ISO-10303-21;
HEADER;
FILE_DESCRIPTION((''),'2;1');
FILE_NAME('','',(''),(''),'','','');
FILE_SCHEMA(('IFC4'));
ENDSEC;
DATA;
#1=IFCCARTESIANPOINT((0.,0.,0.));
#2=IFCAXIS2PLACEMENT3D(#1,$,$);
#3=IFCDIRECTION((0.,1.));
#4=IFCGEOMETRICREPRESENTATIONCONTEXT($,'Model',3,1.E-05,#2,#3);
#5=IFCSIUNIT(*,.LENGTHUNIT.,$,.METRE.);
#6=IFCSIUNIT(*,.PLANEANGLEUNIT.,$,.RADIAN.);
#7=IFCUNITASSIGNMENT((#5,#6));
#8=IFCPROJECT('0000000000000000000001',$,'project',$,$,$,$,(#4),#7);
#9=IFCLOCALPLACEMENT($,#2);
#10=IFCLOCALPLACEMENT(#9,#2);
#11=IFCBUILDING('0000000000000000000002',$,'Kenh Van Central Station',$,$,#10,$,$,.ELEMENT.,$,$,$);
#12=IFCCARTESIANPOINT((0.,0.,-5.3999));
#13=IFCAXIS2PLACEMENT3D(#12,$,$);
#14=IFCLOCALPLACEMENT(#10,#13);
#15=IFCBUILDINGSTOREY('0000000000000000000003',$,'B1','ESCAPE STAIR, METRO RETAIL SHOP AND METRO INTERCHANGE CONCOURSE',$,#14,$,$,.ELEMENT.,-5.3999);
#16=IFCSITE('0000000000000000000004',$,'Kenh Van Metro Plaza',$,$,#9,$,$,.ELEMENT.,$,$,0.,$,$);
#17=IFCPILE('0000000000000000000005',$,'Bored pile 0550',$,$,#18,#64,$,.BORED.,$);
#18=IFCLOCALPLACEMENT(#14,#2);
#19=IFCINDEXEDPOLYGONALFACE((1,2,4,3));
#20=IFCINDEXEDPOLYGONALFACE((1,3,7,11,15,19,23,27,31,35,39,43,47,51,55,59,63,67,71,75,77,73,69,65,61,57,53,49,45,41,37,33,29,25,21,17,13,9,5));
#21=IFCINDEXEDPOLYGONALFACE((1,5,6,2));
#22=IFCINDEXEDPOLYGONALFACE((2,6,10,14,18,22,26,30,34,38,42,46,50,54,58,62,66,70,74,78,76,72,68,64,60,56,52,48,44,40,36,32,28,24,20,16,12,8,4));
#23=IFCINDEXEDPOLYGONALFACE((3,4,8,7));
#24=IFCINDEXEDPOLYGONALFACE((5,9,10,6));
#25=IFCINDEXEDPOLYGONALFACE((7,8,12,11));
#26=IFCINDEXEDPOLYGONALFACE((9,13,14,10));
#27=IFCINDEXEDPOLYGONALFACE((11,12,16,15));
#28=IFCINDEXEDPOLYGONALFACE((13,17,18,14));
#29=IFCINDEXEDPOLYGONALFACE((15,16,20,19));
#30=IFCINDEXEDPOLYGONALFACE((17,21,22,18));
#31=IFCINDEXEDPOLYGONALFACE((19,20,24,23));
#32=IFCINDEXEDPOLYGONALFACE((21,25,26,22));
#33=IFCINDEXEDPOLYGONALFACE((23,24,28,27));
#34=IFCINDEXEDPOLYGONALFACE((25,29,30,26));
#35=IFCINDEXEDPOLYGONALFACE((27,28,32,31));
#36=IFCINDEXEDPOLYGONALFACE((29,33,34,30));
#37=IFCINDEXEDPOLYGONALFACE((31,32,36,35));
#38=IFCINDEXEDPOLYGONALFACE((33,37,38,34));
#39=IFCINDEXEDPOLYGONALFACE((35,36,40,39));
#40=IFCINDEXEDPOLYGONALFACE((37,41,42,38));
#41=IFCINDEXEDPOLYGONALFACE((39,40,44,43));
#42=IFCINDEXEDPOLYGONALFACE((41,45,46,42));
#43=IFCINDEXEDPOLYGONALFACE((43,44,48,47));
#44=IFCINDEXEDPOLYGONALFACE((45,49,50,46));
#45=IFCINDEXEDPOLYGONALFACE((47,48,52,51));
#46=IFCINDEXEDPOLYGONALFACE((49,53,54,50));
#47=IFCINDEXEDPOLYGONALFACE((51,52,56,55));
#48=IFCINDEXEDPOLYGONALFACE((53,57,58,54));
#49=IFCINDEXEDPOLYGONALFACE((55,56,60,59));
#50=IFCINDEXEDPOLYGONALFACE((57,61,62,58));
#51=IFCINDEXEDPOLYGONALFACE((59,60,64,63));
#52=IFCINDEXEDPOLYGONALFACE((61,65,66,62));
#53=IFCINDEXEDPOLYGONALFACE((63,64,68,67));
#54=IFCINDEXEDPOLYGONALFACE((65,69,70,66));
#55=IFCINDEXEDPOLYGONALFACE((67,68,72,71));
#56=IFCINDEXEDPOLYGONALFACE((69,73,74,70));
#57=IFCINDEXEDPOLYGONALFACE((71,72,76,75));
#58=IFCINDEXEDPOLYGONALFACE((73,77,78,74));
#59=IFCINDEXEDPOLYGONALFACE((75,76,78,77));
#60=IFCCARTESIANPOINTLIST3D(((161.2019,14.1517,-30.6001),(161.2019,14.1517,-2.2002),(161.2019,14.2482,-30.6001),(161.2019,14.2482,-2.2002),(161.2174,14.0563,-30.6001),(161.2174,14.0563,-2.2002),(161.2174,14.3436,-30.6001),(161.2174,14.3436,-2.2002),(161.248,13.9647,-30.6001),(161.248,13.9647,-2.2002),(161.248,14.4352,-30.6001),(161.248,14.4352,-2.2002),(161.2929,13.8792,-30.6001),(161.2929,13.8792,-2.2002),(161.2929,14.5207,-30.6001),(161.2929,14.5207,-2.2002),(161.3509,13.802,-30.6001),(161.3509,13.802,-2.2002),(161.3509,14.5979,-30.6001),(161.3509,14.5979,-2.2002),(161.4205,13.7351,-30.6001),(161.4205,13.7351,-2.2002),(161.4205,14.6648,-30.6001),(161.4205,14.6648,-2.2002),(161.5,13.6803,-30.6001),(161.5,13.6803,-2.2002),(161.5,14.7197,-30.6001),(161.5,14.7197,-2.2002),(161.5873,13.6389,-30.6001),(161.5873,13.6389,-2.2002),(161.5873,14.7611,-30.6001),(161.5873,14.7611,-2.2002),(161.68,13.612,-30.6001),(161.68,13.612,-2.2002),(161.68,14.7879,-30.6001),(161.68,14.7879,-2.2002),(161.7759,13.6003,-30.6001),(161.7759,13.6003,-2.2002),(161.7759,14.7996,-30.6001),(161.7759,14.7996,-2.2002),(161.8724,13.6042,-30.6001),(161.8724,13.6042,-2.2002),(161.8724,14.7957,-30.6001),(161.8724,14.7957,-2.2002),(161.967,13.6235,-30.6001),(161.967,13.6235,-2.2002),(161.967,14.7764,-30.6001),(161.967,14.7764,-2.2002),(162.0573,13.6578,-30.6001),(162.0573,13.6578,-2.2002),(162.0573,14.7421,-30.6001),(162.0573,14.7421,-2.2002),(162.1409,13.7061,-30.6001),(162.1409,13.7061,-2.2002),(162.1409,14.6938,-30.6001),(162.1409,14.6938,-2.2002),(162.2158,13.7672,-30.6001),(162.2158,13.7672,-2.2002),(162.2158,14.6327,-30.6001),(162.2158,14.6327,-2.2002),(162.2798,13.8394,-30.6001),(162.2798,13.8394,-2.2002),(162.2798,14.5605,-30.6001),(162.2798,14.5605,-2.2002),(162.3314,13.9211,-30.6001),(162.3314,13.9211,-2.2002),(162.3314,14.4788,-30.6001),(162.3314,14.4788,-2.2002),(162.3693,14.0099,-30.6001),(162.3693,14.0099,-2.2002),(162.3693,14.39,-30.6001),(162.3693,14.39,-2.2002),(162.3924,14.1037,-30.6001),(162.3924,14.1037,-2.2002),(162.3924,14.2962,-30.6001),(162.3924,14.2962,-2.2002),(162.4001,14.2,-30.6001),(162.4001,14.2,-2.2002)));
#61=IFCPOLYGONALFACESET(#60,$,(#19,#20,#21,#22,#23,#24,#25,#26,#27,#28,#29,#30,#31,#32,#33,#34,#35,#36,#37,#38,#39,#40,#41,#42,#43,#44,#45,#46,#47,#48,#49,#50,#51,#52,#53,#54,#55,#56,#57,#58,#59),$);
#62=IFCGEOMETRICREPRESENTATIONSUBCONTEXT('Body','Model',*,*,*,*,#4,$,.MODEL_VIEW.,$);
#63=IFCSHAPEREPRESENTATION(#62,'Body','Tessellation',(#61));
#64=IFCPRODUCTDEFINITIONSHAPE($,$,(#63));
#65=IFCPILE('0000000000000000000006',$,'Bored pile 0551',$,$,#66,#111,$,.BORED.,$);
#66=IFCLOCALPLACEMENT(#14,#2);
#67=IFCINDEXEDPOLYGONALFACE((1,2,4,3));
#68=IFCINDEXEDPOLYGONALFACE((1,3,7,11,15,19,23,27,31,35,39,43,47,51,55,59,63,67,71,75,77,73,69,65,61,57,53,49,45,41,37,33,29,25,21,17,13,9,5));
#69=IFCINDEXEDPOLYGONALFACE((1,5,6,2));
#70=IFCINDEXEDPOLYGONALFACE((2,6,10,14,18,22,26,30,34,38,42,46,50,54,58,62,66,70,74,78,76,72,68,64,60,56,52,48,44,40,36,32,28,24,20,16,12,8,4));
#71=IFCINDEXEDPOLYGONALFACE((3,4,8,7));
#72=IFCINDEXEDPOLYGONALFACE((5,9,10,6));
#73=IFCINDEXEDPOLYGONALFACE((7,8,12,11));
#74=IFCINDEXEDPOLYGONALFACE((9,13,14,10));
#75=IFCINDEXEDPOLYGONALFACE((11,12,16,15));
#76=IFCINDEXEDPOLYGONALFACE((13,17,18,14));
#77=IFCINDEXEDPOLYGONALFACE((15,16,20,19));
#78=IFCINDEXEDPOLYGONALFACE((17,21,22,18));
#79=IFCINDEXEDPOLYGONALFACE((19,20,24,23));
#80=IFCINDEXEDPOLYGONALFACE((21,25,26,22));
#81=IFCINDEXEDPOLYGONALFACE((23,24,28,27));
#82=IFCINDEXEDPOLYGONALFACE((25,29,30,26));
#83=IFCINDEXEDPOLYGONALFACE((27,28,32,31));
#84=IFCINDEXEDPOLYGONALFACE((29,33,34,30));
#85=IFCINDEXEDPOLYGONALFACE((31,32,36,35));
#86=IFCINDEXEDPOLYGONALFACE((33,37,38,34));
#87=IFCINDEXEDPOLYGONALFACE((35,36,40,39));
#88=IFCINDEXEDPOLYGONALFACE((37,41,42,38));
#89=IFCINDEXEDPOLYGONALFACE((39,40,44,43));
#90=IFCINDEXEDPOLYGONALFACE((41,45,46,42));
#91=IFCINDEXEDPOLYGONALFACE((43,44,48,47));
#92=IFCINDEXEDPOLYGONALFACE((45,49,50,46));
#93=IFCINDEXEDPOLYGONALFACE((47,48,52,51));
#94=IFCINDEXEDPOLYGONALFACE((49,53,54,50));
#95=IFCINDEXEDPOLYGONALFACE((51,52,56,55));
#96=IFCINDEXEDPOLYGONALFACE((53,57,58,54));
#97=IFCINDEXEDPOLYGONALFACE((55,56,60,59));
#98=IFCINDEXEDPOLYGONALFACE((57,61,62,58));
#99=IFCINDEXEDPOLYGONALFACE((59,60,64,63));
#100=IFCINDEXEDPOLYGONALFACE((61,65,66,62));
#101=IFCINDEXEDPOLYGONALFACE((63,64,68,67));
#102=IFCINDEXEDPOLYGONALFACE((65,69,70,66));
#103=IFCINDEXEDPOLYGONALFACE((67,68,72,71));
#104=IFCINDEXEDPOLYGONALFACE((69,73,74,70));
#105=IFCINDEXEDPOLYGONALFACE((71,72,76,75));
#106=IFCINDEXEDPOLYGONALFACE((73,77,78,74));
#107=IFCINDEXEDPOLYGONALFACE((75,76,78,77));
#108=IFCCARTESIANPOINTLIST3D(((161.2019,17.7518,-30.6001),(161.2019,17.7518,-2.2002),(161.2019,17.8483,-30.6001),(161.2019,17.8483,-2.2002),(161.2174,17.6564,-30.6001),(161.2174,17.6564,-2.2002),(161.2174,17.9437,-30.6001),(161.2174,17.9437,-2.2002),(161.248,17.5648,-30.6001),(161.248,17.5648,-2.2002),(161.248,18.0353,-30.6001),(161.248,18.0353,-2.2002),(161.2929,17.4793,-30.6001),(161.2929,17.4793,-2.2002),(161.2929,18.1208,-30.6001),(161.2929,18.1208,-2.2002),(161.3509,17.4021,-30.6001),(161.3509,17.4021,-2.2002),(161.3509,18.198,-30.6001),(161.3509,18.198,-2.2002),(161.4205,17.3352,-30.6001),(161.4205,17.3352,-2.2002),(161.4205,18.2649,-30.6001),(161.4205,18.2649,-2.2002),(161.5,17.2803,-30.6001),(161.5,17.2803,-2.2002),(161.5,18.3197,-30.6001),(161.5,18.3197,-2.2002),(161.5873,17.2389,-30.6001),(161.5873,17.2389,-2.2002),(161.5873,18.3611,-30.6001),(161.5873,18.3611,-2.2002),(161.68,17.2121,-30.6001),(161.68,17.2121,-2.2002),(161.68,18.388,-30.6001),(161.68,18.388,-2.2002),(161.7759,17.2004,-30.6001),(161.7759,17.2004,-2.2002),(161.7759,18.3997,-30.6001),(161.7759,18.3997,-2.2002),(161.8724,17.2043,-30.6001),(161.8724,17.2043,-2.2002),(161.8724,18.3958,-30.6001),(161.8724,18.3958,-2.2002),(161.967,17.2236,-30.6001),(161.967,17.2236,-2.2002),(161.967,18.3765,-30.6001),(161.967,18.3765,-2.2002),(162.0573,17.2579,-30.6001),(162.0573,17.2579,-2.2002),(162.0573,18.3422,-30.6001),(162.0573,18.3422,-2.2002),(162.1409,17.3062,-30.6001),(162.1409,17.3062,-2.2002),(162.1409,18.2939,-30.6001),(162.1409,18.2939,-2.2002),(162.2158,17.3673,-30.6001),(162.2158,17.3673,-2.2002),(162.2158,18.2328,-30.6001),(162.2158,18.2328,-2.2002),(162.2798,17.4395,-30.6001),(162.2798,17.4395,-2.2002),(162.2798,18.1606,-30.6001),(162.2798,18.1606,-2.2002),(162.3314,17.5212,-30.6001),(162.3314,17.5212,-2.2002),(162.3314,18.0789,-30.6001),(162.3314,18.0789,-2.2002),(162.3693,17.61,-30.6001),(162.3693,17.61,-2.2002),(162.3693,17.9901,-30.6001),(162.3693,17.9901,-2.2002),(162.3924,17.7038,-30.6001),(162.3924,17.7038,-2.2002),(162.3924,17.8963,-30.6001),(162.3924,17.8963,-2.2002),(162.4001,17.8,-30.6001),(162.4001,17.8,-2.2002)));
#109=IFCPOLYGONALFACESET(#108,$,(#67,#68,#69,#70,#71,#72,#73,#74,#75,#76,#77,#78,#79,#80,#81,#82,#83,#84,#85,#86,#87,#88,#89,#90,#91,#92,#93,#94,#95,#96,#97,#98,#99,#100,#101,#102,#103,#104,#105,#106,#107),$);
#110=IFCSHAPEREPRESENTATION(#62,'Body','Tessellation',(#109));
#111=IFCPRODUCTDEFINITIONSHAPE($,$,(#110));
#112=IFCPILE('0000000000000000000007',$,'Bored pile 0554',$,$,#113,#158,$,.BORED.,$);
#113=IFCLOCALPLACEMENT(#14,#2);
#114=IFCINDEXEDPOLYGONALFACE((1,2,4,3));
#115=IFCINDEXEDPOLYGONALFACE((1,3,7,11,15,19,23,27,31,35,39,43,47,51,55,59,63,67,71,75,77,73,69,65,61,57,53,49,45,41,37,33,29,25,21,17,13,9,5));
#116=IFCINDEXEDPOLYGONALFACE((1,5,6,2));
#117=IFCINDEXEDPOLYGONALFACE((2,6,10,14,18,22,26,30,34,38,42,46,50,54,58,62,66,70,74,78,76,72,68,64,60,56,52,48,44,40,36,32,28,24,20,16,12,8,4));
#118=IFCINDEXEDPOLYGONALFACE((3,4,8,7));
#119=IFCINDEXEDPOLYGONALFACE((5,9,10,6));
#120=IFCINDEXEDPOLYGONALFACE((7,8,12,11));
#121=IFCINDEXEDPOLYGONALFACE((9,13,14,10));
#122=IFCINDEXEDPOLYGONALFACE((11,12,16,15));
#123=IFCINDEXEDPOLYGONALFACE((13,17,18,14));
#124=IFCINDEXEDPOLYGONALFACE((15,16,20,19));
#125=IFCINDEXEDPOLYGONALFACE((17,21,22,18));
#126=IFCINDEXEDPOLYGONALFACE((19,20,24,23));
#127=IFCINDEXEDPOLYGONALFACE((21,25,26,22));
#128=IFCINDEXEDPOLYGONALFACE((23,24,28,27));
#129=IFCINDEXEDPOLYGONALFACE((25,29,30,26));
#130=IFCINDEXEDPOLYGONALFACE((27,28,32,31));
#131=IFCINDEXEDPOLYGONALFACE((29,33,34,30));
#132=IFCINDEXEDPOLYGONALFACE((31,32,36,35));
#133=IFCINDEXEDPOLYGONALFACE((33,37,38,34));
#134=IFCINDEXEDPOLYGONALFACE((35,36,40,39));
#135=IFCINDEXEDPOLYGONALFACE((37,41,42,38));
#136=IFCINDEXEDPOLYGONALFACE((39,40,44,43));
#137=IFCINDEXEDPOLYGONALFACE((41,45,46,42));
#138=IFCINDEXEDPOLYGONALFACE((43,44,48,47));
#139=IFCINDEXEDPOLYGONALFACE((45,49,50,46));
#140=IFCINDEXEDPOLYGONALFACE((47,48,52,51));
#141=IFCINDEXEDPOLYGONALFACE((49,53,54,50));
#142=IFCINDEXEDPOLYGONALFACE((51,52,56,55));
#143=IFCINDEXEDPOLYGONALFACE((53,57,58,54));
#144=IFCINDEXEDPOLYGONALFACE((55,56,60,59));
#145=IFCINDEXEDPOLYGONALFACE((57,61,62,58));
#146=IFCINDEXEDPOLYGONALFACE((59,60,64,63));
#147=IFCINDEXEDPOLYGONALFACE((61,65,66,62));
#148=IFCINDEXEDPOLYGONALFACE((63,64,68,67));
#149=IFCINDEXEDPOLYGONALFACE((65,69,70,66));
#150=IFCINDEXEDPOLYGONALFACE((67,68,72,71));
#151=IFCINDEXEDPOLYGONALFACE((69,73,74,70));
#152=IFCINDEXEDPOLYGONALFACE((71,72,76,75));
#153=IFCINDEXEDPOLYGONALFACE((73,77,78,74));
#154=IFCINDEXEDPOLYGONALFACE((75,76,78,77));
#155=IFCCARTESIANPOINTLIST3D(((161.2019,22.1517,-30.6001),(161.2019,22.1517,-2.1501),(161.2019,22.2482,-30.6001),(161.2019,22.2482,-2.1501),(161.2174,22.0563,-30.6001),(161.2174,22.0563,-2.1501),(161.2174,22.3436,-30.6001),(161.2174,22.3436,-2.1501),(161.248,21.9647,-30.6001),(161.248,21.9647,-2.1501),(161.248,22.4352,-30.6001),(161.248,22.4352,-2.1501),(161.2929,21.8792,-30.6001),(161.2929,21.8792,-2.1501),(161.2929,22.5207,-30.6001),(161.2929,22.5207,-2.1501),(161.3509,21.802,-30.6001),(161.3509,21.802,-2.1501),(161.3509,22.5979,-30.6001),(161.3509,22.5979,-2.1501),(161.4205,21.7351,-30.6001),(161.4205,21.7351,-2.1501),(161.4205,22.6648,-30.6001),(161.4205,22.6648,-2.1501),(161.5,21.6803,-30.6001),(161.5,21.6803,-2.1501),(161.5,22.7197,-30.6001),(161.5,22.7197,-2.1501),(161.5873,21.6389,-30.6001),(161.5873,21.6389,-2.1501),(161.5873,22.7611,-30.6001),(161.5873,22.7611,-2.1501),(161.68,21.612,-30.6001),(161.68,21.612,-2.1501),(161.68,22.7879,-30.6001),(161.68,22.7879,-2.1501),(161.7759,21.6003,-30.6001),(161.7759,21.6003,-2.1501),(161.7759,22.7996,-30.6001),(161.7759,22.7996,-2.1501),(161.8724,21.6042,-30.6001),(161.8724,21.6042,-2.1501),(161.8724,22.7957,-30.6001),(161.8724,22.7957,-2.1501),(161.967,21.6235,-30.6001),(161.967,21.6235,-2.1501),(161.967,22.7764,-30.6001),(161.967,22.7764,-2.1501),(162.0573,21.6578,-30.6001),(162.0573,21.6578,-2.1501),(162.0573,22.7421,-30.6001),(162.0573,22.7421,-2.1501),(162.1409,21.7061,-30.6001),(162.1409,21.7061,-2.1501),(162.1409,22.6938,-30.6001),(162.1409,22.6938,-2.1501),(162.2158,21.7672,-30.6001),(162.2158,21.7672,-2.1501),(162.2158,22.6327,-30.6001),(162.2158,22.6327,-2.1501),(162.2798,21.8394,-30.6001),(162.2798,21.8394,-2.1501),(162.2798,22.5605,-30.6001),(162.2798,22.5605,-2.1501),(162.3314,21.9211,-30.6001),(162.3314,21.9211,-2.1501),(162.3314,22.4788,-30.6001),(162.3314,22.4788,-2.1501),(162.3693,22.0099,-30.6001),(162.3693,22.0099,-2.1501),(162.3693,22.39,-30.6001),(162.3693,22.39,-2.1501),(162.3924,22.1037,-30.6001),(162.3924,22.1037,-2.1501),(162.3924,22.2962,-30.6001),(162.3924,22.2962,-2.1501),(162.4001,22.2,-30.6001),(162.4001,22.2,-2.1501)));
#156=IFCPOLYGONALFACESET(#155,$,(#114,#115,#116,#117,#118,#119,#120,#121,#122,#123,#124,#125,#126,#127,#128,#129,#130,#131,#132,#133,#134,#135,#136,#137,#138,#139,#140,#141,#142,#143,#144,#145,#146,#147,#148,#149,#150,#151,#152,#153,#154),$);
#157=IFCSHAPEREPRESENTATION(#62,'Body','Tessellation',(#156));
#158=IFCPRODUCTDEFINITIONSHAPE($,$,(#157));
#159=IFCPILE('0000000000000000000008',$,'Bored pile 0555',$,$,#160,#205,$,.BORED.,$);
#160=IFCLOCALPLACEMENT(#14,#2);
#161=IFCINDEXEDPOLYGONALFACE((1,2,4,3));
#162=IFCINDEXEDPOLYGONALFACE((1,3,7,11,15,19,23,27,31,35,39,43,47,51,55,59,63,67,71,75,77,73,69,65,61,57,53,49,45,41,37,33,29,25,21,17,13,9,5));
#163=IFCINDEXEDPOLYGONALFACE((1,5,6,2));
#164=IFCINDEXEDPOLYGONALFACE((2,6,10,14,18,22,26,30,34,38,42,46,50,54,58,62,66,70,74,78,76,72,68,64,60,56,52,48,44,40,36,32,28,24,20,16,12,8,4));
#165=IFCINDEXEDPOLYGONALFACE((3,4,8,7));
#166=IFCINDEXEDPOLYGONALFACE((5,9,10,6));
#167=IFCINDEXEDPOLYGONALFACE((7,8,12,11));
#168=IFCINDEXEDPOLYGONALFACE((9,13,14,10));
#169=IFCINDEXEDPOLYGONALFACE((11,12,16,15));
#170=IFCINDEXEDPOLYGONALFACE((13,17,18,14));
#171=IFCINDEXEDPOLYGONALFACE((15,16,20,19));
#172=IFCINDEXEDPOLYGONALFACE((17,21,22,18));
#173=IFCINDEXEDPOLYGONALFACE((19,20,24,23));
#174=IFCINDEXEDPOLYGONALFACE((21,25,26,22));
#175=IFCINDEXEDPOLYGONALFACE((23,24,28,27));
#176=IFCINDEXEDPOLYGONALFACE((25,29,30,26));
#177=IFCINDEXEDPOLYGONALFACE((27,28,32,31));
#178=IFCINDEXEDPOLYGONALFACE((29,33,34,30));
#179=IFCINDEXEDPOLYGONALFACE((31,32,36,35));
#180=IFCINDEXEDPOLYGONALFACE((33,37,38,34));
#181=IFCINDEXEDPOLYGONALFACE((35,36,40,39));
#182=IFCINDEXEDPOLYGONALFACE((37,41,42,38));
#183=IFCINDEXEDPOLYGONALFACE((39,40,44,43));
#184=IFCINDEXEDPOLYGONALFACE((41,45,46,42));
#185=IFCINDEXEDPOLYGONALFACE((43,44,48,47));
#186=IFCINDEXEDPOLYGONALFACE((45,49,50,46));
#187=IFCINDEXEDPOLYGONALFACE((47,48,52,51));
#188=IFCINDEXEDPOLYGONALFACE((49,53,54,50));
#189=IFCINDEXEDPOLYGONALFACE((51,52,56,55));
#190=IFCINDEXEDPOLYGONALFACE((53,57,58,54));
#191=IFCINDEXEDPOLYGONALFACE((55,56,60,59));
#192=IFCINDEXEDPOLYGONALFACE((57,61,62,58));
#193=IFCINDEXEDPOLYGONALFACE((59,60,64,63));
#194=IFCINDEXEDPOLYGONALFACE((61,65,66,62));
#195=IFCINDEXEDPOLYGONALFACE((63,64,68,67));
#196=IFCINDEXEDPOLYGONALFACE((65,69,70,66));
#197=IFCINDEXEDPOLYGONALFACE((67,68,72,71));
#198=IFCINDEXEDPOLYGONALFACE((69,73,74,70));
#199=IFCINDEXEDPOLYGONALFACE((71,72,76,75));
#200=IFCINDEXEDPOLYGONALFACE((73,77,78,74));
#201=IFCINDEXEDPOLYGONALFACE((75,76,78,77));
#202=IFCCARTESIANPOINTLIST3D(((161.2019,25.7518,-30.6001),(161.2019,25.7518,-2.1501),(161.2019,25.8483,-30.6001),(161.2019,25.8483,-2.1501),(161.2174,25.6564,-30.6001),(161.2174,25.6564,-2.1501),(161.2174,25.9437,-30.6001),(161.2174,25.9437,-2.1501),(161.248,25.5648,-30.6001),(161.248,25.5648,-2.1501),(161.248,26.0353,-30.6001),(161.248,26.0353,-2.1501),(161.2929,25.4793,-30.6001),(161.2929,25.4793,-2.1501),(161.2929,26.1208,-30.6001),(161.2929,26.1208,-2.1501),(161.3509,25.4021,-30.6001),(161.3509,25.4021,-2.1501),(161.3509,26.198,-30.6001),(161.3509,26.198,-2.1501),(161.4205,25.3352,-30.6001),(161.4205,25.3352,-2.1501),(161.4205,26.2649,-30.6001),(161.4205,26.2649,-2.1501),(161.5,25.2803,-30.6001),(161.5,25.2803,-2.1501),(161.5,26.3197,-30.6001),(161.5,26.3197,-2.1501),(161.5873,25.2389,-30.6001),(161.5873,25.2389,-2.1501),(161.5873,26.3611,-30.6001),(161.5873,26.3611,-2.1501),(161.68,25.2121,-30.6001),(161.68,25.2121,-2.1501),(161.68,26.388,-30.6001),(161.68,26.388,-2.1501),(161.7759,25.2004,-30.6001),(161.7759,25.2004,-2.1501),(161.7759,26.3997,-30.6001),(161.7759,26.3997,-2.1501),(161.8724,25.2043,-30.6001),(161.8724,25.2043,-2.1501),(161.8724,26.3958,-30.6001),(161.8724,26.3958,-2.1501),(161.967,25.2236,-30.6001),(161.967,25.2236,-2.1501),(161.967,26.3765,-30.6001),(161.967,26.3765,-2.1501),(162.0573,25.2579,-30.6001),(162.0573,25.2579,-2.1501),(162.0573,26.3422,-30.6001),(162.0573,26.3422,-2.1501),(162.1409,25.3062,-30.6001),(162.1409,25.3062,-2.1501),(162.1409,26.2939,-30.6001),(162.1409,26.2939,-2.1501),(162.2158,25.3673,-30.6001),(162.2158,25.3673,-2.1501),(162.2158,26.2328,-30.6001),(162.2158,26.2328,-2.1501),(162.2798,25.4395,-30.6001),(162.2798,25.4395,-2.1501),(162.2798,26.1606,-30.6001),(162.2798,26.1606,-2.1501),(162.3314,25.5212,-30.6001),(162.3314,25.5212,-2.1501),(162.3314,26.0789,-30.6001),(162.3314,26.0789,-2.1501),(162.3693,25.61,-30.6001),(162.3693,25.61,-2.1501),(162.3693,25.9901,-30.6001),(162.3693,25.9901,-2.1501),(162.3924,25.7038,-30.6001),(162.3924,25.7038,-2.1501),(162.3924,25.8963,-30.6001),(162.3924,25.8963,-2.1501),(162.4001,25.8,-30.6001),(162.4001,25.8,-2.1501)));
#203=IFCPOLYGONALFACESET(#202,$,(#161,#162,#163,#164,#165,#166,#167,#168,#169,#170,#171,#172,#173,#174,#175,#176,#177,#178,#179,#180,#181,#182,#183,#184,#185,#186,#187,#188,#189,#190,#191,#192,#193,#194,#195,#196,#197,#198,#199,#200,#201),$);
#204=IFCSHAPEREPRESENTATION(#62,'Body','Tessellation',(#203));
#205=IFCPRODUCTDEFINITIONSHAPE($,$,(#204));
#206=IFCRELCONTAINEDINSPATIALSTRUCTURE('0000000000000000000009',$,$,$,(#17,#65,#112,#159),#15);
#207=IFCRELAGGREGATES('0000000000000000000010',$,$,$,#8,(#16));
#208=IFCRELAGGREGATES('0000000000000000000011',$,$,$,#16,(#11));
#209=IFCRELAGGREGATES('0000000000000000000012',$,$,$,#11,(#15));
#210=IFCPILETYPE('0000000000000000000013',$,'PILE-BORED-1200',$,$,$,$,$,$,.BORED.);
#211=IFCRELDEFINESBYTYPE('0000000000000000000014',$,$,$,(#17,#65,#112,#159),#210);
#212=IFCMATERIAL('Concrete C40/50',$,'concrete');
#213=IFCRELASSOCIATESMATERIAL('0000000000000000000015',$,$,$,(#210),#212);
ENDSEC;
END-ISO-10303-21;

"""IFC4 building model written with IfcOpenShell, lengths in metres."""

from ifc_helpers import new_model, si_unit, direction, frame, origin, origin_2d, place, context, subcontext, project, spatial, circle, extrude, material, material_profile, profile_set, type_object, element, save


model = new_model("IFC4")

# Units and contexts
model_context = context("Model", 3, precision=1e-05, world=origin(), true_north=direction((0.0, 1.0)))
body_context = subcontext(model_context, "Body", "Model", "MODEL_VIEW")
ifc_project = project(units=[si_unit("LENGTHUNIT", "METRE"), si_unit("PLANEANGLEUNIT", "RADIAN")], contexts=[model_context])

# Site, building, storey
site_placement = place(None, origin())
site = spatial("IfcSite", under=ifc_project, at=site_placement, Name="Kenh Van Metro Plaza", CompositionType="ELEMENT", RefElevation=0.0)
building_placement = place(site_placement, origin())
building = spatial("IfcBuilding", under=site, at=building_placement, Name="Kenh Van Central Station", CompositionType="ELEMENT")
storey_placement = place(building_placement, frame((0.0, 0.0, -5.3999)))
storey = spatial("IfcBuildingStorey", under=building, at=storey_placement, Name="B1", Description="ESCAPE STAIR, METRO RETAIL SHOP AND METRO INTERCHANGE CONCOURSE", CompositionType="ELEMENT", Elevation=-5.3999)

# Shared definitions
ifc_material_1 = material(Name="Concrete C40/50", Category="concrete")

# Piles
ifc_material_profile_1 = material_profile(ifc_material_1, circle(Radius=0.6001, at=origin_2d()), Name="PILE D1200")
ifc_profile_set_1 = profile_set([ifc_material_profile_1], Name="Concrete C40/50")
pile_type_1 = type_object("IfcPileType", Name="PILE-BORED-1200", PredefinedType="BORED", material=ifc_profile_set_1)
for number, where, z_axis, x_axis, name in (
    (1, (161.8, 14.2, -2.2002), (0.0, 0.0, -1.0), (1.0, 0.0, 0.0), "Bored pile 0550"),
    (2, (161.8, 17.8, -2.2002), (0.0, 0.0, -1.0), (1.0, 0.0, 0.0), "Bored pile 0551"),
):
    element("IfcPile", number, at=place(storey_placement, frame(where, z_axis=z_axis, x_axis=x_axis)), inside=storey, type_object=pile_type_1, Name=name, PredefinedType="BORED", context=body_context, shape_type="SweptSolid", body=[
        extrude(circle(Radius=0.6001, at=origin_2d()), origin(), (0.0, 0.0, 1.0), 28.3999),
    ])
for number, where, z_axis, x_axis, name in (
    (3, (161.8, 22.2, -2.1501), (0.0, 0.0, -1.0), (1.0, 0.0, 0.0), "Bored pile 0554"),
    (4, (161.8, 25.8, -2.1501), (0.0, 0.0, -1.0), (1.0, 0.0, 0.0), "Bored pile 0555"),
):
    element("IfcPile", number, at=place(storey_placement, frame(where, z_axis=z_axis, x_axis=x_axis)), inside=storey, type_object=pile_type_1, Name=name, PredefinedType="BORED", context=body_context, shape_type="SweptSolid", body=[
        extrude(circle(Radius=0.6001, at=origin_2d()), origin(), (0.0, 0.0, 1.0), 28.45),
    ])

save(model, "model.ifc")
